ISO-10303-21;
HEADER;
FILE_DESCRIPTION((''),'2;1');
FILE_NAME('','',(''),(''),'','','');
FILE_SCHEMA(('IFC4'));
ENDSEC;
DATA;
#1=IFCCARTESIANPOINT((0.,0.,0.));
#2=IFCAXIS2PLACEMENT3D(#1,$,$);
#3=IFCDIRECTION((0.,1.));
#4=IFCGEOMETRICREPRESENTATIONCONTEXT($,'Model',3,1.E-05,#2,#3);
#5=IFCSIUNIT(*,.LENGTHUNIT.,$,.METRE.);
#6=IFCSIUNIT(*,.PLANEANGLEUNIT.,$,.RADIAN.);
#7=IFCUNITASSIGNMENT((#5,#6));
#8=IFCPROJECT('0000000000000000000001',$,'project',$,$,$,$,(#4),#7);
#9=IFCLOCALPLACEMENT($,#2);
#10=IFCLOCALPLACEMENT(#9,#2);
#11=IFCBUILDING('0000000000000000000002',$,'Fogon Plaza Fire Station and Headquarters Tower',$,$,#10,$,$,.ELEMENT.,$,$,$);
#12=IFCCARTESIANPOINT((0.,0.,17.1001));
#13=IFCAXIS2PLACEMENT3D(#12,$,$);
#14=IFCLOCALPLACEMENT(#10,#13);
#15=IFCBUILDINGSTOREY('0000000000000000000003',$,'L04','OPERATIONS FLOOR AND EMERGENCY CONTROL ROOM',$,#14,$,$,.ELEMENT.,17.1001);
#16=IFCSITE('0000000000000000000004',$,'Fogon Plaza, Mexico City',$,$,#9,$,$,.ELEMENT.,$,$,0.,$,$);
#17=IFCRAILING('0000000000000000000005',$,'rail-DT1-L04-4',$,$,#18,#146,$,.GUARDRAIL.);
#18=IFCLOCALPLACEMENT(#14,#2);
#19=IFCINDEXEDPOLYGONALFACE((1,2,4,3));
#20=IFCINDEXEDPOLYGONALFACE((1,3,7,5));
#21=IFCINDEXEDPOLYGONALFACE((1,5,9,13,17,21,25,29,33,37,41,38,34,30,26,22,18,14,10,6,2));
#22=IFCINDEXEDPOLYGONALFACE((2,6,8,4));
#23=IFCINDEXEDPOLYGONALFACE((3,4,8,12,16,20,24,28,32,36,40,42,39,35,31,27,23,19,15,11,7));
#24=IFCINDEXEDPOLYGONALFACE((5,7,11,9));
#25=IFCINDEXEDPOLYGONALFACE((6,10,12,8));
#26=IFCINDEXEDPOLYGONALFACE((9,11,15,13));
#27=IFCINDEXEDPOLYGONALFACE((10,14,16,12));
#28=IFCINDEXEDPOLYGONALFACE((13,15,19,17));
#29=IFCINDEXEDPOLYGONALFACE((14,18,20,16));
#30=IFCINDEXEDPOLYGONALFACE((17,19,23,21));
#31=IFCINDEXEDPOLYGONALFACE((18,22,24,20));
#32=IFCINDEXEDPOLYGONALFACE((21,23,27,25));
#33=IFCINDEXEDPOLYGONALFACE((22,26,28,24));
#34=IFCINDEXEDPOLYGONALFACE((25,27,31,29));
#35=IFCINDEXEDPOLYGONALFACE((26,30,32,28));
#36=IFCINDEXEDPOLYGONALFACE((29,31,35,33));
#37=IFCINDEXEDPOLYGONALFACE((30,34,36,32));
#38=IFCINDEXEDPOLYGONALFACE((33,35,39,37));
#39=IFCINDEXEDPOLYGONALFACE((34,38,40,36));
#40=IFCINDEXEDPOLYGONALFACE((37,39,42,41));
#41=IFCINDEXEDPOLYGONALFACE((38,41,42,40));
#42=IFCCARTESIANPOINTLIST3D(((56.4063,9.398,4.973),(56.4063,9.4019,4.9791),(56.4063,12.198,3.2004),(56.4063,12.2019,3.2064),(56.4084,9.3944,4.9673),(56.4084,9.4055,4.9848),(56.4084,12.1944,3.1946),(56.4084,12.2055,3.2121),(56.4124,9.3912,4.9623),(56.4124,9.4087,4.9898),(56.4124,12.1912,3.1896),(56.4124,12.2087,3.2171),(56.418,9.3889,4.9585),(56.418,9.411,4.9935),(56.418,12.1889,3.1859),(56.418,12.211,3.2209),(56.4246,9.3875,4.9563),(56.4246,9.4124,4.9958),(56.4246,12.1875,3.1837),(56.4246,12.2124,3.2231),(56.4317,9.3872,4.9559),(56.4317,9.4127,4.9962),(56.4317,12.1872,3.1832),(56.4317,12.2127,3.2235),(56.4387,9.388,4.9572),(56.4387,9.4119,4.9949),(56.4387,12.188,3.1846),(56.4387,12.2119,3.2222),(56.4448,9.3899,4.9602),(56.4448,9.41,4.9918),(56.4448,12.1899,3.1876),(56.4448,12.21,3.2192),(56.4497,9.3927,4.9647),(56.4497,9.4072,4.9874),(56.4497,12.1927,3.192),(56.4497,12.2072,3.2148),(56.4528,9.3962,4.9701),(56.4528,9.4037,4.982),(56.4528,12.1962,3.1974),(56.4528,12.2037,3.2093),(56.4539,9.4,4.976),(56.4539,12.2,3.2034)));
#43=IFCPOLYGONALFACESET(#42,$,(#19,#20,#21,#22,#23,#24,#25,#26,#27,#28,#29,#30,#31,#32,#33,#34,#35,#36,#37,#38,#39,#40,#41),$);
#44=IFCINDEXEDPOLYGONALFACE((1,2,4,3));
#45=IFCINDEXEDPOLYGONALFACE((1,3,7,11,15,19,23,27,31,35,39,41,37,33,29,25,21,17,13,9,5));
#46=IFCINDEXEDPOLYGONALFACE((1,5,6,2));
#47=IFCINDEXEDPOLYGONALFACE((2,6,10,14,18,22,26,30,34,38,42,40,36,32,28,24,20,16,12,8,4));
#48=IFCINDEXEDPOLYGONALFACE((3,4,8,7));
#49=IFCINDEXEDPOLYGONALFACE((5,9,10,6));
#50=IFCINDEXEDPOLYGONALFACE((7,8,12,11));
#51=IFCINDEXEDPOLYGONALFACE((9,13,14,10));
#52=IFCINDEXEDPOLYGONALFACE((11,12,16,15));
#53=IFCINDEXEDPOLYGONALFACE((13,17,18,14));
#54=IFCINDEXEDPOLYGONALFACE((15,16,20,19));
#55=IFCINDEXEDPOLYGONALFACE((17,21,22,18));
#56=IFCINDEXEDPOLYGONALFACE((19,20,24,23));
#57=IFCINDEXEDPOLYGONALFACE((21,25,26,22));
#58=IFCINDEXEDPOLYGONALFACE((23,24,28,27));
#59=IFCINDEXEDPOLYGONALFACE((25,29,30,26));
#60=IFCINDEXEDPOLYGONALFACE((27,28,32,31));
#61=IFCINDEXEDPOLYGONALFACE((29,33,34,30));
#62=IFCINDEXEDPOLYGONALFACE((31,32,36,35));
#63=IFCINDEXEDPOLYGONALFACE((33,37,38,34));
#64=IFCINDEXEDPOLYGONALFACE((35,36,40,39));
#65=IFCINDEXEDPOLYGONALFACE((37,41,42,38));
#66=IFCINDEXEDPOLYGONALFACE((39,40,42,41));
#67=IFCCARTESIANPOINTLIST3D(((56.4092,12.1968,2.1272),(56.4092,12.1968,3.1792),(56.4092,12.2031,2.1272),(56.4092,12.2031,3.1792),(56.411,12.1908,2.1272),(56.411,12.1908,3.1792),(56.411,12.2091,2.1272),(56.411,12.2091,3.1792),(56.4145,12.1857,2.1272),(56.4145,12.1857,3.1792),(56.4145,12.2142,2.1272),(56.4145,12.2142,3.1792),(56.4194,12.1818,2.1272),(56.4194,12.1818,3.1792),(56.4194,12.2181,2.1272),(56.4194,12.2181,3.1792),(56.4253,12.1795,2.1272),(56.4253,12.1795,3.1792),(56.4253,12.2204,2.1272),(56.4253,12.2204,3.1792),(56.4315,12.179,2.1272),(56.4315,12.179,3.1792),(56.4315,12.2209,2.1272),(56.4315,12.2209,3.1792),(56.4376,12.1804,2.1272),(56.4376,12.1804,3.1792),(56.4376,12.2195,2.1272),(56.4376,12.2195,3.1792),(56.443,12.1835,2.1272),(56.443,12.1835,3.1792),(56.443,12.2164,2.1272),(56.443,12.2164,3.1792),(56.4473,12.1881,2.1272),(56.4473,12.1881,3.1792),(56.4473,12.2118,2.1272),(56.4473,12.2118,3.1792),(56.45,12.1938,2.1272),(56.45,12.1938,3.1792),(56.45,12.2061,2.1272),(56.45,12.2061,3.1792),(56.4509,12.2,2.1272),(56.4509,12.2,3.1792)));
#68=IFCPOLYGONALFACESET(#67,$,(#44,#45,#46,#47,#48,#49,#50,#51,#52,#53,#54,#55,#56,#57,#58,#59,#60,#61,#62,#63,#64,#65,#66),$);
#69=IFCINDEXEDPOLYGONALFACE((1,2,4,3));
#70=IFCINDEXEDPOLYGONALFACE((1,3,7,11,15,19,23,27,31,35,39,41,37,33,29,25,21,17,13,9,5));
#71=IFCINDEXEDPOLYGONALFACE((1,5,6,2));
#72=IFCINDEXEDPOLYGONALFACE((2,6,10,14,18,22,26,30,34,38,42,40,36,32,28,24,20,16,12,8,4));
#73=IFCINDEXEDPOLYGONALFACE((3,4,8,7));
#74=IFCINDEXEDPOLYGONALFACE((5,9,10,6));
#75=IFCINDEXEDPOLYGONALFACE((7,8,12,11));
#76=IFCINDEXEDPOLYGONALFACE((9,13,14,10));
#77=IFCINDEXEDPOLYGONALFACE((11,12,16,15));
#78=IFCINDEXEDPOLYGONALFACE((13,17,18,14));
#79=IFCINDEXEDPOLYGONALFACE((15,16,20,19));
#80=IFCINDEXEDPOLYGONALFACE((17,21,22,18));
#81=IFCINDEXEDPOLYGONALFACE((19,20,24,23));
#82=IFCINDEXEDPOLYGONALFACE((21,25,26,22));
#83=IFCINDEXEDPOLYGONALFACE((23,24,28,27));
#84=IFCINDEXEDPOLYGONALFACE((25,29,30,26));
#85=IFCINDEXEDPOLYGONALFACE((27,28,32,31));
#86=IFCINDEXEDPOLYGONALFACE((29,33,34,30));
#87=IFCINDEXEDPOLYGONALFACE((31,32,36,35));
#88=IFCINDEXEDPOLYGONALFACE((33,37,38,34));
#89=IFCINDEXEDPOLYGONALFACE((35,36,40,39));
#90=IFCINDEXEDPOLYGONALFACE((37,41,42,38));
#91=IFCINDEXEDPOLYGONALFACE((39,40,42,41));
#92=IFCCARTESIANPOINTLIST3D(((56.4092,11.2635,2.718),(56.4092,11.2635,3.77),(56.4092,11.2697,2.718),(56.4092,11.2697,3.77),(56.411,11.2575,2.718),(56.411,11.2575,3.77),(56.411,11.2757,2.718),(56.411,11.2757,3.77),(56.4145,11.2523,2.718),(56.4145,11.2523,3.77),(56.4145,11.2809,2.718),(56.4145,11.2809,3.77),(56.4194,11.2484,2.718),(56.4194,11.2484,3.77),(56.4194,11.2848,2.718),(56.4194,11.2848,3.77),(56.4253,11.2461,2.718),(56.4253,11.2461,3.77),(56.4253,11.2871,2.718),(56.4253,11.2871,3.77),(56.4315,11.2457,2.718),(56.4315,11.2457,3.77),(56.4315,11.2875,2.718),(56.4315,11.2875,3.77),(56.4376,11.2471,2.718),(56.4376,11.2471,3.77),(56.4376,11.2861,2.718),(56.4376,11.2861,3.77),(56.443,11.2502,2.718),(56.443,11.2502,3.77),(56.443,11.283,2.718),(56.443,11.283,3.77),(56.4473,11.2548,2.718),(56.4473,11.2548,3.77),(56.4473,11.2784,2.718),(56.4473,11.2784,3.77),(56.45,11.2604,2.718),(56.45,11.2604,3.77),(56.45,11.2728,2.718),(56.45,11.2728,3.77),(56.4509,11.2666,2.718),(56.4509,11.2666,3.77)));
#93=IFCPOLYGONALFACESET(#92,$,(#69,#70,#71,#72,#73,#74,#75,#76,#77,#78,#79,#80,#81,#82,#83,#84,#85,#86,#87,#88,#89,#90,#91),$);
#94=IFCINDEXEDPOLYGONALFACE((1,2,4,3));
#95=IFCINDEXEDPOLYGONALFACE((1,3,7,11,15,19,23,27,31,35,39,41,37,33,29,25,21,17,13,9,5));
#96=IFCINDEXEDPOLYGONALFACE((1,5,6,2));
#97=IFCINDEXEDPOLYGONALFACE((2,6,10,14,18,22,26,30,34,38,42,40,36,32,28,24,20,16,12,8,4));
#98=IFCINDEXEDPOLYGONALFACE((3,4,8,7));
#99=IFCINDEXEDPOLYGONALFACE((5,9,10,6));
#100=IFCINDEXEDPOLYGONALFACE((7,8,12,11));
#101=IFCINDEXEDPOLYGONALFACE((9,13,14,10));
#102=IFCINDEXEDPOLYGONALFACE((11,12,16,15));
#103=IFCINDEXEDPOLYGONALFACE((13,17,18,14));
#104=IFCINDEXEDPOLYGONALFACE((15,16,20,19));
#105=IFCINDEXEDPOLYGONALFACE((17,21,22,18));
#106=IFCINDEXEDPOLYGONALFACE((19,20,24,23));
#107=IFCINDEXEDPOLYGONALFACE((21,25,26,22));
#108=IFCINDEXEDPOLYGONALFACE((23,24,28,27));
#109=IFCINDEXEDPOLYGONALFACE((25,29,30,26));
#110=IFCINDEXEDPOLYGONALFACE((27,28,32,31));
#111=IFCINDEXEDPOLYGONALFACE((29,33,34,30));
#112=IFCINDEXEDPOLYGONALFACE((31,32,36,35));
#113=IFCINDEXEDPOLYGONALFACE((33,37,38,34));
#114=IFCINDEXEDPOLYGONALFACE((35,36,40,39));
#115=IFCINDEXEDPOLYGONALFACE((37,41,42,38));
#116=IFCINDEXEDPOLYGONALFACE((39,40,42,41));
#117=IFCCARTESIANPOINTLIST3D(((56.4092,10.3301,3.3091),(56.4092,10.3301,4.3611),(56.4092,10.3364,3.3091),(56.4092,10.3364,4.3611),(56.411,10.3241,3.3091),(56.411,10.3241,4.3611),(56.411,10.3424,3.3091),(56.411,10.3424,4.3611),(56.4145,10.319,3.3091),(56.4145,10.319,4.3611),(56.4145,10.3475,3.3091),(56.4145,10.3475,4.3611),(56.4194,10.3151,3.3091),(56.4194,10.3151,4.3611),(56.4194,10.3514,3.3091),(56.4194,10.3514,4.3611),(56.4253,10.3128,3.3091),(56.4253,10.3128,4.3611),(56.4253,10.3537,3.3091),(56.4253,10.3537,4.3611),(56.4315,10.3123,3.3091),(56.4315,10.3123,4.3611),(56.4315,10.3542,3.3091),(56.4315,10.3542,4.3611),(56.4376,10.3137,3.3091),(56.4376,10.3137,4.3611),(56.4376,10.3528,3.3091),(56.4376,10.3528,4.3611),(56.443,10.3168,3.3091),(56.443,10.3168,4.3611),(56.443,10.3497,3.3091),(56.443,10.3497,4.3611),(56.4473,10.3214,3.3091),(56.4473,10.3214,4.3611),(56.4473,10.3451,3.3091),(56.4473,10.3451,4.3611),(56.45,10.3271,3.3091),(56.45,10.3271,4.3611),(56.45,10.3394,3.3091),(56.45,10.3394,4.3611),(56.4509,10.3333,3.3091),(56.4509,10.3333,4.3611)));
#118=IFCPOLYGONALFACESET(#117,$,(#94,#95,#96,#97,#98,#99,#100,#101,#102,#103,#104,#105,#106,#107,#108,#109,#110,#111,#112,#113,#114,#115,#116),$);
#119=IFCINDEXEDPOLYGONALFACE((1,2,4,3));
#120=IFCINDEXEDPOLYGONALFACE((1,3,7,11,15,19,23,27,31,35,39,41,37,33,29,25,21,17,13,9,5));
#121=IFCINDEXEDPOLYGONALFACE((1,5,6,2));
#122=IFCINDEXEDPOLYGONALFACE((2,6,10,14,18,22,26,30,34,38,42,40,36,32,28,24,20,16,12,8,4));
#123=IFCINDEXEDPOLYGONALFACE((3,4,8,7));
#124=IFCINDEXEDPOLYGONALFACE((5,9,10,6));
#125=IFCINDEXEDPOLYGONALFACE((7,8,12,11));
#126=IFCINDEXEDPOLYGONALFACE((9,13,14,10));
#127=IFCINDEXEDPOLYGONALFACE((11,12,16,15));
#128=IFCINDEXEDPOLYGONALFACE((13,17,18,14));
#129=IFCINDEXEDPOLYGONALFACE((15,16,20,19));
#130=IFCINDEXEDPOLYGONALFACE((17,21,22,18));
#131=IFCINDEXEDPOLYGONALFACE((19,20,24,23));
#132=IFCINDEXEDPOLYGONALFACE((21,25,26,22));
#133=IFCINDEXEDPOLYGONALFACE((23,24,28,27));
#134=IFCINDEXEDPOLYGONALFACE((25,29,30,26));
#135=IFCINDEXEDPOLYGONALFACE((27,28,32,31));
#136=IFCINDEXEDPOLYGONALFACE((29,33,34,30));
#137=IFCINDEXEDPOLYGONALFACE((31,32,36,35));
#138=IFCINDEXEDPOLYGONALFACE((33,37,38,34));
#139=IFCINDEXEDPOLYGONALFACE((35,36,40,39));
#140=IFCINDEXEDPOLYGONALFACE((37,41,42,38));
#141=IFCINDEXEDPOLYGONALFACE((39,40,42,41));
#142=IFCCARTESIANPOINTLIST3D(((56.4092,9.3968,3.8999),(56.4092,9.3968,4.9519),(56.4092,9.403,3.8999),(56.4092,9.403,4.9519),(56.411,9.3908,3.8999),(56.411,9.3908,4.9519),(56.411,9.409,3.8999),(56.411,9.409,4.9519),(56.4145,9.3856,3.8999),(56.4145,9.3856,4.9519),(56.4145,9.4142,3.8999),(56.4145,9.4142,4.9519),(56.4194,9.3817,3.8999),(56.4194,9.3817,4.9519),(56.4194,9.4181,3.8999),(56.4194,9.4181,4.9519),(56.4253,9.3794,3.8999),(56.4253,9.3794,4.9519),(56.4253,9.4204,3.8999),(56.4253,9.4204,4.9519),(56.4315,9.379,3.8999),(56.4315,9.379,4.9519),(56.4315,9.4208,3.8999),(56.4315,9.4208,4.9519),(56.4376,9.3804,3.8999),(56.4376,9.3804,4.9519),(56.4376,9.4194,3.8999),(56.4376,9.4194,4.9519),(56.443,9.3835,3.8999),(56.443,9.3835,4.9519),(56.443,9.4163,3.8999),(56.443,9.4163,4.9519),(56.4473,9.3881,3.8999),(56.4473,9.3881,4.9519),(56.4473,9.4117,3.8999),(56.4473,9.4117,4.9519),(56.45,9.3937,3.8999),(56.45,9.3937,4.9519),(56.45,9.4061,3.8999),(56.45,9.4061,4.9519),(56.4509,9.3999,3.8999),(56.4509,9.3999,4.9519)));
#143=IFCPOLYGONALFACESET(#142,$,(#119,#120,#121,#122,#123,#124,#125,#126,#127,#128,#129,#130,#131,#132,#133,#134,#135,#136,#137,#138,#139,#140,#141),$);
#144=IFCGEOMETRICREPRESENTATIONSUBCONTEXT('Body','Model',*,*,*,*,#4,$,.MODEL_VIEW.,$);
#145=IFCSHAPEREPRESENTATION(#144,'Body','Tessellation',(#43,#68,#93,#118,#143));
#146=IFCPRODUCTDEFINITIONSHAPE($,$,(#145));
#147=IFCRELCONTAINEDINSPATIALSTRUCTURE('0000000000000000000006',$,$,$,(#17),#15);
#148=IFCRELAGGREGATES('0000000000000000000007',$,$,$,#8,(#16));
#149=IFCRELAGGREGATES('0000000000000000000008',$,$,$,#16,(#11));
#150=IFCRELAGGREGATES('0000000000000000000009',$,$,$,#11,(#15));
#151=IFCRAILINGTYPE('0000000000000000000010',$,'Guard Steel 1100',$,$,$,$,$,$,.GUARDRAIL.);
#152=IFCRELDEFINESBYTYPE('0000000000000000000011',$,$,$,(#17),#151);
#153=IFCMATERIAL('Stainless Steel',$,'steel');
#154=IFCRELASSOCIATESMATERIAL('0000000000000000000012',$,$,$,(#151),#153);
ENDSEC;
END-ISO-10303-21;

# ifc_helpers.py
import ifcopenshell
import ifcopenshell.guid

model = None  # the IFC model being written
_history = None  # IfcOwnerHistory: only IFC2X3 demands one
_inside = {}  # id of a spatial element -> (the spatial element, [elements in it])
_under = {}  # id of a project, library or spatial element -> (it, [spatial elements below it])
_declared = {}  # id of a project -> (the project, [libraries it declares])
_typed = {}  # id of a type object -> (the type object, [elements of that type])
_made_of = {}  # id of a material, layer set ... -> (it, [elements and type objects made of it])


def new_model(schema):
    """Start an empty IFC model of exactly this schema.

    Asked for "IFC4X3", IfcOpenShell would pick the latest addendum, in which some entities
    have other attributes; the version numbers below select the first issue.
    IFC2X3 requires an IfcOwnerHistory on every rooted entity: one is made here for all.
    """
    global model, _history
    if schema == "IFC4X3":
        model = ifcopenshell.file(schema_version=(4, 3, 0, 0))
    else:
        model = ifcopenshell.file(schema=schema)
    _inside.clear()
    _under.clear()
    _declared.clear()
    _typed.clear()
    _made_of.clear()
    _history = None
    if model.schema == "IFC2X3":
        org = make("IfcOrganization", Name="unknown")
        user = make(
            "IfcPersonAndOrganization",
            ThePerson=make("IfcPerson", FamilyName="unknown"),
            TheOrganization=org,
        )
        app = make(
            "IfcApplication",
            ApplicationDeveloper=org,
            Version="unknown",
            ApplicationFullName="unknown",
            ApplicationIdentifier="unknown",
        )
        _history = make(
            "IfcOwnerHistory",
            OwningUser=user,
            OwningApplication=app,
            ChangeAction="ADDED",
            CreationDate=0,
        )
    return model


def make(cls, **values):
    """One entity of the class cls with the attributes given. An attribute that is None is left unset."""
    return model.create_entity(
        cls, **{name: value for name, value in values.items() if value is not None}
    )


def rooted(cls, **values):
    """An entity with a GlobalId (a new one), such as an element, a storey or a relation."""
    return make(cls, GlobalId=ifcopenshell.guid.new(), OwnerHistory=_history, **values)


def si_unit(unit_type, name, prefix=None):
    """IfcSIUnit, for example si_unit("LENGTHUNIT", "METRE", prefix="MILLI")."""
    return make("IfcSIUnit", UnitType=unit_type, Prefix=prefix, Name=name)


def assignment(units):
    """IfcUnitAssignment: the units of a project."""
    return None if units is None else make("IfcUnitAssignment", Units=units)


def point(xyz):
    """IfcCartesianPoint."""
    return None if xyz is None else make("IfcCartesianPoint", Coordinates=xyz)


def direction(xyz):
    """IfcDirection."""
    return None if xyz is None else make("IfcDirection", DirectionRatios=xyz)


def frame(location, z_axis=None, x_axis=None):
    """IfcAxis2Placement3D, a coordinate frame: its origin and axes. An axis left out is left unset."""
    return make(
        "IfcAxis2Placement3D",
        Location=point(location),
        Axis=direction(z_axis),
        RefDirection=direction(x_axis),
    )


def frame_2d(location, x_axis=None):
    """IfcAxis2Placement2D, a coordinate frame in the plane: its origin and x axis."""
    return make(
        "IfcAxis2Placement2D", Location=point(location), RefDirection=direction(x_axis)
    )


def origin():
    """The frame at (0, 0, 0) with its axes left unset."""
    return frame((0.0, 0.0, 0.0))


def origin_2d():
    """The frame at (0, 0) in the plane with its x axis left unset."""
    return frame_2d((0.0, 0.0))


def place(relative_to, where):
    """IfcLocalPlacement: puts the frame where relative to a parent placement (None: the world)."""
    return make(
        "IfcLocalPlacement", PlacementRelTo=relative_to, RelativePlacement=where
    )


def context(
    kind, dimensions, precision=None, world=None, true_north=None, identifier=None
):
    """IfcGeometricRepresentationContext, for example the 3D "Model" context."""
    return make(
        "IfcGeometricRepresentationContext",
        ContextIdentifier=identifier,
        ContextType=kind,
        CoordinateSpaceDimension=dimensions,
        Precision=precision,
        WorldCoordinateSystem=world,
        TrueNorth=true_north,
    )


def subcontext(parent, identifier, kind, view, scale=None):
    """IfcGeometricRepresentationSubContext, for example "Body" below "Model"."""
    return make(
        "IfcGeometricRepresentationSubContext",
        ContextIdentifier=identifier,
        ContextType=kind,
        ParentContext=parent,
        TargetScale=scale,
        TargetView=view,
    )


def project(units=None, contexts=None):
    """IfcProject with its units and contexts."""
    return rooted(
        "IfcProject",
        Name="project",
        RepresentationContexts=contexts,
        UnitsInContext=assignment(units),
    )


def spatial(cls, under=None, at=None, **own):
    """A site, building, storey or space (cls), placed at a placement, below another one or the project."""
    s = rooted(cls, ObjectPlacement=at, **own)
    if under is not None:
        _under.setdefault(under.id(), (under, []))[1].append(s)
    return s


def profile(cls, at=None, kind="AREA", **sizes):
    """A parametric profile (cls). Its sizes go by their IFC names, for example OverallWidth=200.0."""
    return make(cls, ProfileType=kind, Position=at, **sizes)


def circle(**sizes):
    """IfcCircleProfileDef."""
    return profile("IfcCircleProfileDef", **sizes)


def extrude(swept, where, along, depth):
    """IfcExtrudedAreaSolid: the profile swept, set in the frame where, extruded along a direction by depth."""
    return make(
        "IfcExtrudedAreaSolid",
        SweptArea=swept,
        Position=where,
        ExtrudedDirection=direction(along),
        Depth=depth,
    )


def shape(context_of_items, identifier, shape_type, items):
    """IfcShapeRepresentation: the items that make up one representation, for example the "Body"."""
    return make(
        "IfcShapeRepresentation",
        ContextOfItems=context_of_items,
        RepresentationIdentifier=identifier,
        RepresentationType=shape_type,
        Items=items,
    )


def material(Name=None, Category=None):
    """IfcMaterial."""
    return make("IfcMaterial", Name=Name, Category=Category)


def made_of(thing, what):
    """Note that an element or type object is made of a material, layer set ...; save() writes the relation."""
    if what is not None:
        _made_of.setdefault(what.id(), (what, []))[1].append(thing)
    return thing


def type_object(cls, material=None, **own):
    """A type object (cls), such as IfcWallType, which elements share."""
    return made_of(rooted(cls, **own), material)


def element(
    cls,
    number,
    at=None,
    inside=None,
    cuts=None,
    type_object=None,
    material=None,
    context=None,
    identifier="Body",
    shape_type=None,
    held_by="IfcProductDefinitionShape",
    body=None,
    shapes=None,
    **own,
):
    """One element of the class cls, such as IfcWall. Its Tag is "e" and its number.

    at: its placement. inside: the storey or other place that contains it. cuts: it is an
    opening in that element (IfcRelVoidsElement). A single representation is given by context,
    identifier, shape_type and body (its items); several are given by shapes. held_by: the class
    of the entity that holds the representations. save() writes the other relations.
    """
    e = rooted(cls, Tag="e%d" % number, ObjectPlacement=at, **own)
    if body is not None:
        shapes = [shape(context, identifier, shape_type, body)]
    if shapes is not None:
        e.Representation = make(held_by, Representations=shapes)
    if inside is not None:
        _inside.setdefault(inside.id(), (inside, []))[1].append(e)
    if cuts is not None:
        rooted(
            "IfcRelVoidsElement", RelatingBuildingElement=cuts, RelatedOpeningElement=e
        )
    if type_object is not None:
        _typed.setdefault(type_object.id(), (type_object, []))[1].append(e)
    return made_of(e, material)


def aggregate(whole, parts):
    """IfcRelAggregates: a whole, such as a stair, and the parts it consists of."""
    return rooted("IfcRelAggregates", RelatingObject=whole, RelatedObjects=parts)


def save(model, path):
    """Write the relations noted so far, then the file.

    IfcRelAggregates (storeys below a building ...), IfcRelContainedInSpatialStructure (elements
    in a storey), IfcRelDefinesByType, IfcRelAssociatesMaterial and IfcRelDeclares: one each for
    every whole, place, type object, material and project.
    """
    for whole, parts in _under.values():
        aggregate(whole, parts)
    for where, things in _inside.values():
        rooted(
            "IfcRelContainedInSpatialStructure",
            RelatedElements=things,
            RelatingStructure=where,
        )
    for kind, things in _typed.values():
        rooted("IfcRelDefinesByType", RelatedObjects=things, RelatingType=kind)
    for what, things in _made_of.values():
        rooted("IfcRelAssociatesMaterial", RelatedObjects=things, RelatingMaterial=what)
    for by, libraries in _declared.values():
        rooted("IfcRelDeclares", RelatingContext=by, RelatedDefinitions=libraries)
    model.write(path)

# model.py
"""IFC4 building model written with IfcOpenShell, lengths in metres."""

from ifc_helpers import new_model, si_unit, direction, frame, origin, origin_2d, place, context, subcontext, project, spatial, circle, extrude, material, type_object, element, save


model = new_model("IFC4")

# Units and contexts
model_context = context("Model", 3, precision=1e-05, world=origin(), true_north=direction((0.0, 1.0)))
body_context = subcontext(model_context, "Body", "Model", "MODEL_VIEW")
ifc_project = project(units=[si_unit("LENGTHUNIT", "METRE"), si_unit("PLANEANGLEUNIT", "RADIAN")], contexts=[model_context])

# Site, building, storey
site_placement = place(None, origin())
site = spatial("IfcSite", under=ifc_project, at=site_placement, Name="Fogon Plaza, Mexico City", CompositionType="ELEMENT", RefElevation=0.0)
building_placement = place(site_placement, origin())
building = spatial("IfcBuilding", under=site, at=building_placement, Name="Fogon Plaza Fire Station and Headquarters Tower", CompositionType="ELEMENT")
storey_placement = place(building_placement, frame((0.0, 0.0, 17.1001)))
storey = spatial("IfcBuildingStorey", under=building, at=storey_placement, Name="L04", Description="OPERATIONS FLOOR AND EMERGENCY CONTROL ROOM", CompositionType="ELEMENT", Elevation=17.1001)

# Railing
ifc_material_1 = material(Name="Stainless Steel", Category="steel")
railing_type_1 = type_object("IfcRailingType", Name="Guard Steel 1100", PredefinedType="GUARDRAIL", material=ifc_material_1)
railing_1_placement = place(storey_placement, frame((56.4299, 12.2, 2.1272)))
element("IfcRailing", 1, at=railing_1_placement, inside=storey, type_object=railing_type_1, Name="rail-DT1-L04-4", PredefinedType="GUARDRAIL", context=body_context, shape_type="SweptSolid", body=[
    extrude(circle(Radius=0.0239, at=origin_2d()), frame((0.0, 0.0, 1.0762), z_axis=(0.0, -0.844909, 0.53491), x_axis=(1.0, 0.0, 0.0)), (0.0, 0.0, 1.0), 3.314),
    extrude(circle(Radius=0.021, at=origin_2d()), origin(), (0.0, 0.0, 1.0), 1.052),
    extrude(circle(Radius=0.021, at=origin_2d()), frame((0.0, -0.9333, 0.5908)), (0.0, 0.0, 1.0), 1.052),
    extrude(circle(Radius=0.021, at=origin_2d()), frame((0.0, -1.8667, 1.1819)), (0.0, 0.0, 1.0), 1.052),
    extrude(circle(Radius=0.021, at=origin_2d()), frame((0.0, -2.8, 1.7727)), (0.0, 0.0, 1.0), 1.052),
])

save(model, "model.ifc")
